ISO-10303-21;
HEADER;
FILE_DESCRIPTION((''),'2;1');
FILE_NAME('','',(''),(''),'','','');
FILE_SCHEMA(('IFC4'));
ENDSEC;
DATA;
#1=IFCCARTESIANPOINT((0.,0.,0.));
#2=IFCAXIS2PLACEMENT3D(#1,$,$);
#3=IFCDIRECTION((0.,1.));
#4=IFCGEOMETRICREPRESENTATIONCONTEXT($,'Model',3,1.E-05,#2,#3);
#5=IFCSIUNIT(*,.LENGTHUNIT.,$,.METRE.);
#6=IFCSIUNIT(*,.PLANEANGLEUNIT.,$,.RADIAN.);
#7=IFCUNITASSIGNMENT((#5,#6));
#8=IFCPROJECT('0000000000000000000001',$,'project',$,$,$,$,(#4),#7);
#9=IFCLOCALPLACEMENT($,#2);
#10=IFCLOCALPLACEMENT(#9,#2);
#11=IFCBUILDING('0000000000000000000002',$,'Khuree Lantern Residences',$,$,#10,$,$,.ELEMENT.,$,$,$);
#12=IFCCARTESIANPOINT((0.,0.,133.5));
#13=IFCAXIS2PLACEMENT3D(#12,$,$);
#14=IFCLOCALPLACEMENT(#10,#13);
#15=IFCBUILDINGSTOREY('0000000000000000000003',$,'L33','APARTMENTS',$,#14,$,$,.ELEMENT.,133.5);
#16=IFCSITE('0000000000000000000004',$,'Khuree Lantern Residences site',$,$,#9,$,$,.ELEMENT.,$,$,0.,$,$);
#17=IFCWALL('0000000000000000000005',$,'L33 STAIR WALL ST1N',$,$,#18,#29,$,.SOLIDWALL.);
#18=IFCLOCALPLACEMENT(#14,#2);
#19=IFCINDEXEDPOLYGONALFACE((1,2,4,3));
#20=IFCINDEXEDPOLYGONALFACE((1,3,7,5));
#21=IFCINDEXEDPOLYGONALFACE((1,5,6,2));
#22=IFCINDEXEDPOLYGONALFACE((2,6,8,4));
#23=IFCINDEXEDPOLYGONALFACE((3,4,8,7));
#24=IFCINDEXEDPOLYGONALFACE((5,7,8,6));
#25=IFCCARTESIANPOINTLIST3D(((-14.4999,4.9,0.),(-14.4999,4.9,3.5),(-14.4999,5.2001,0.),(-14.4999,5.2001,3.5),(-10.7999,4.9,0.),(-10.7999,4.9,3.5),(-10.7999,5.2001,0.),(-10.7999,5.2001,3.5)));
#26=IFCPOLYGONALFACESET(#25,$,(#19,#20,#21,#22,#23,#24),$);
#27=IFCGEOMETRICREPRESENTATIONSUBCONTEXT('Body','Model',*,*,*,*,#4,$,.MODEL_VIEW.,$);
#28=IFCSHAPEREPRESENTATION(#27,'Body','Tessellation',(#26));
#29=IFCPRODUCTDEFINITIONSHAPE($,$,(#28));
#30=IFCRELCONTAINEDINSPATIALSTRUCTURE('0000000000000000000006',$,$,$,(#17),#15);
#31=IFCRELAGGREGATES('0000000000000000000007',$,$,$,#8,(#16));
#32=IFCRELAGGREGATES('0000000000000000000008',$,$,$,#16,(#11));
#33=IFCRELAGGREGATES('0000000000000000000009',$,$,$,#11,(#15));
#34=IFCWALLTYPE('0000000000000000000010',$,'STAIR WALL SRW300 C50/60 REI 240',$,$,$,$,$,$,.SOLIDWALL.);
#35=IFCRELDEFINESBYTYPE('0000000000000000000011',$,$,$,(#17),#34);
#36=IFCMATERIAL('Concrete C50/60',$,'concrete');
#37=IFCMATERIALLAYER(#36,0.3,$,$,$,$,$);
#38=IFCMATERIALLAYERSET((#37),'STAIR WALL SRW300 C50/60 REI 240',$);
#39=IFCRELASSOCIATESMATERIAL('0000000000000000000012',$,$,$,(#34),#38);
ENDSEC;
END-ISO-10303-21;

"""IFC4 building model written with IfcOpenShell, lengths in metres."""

from ifc_helpers import new_model, si_unit, direction, frame, frame_2d, origin, place, context, subcontext, project, spatial, rectangle, extrude, material, layer, layer_set, type_object, element, save


model = new_model("IFC4")

# Units and contexts
model_context = context("Model", 3, precision=1e-05, world=origin(), true_north=direction((0.0, 1.0)))
body_context = subcontext(model_context, "Body", "Model", "MODEL_VIEW")
ifc_project = project(units=[si_unit("LENGTHUNIT", "METRE"), si_unit("PLANEANGLEUNIT", "RADIAN")], contexts=[model_context])

# Site, building, storey
site_placement = place(None, origin())
site = spatial("IfcSite", under=ifc_project, at=site_placement, Name="Khuree Lantern Residences site", CompositionType="ELEMENT", RefElevation=0.0)
building_placement = place(site_placement, origin())
building = spatial("IfcBuilding", under=site, at=building_placement, Name="Khuree Lantern Residences", CompositionType="ELEMENT")
storey_placement = place(building_placement, frame((0.0, 0.0, 133.5)))
storey = spatial("IfcBuildingStorey", under=building, at=storey_placement, Name="L33", Description="APARTMENTS", CompositionType="ELEMENT", Elevation=133.5)

# Wall
ifc_material_1 = material(Name="Concrete C50/60", Category="concrete")
ifc_layer_1 = layer(ifc_material_1, 0.3)
ifc_layer_set_1 = layer_set([ifc_layer_1], Name="STAIR WALL SRW300 C50/60 REI 240")
wall_type_1 = type_object("IfcWallType", Name="STAIR WALL SRW300 C50/60 REI 240", PredefinedType="SOLIDWALL", material=ifc_layer_set_1)
wall_1_placement = place(storey_placement, frame((-14.5, 5.05, 0.0), z_axis=(0.0, 0.0, 1.0), x_axis=(1.0, 0.0, 0.0)))
element("IfcWall", 1, at=wall_1_placement, inside=storey, type_object=wall_type_1, Name="L33 STAIR WALL ST1N", PredefinedType="SOLIDWALL", context=body_context, shape_type="SweptSolid", body=[
    extrude(rectangle(XDim=3.7, YDim=0.3, at=frame_2d((1.8501, 0.0))), origin(), (0.0, 0.0, 1.0), 3.5),
])

save(model, "model.ifc")
